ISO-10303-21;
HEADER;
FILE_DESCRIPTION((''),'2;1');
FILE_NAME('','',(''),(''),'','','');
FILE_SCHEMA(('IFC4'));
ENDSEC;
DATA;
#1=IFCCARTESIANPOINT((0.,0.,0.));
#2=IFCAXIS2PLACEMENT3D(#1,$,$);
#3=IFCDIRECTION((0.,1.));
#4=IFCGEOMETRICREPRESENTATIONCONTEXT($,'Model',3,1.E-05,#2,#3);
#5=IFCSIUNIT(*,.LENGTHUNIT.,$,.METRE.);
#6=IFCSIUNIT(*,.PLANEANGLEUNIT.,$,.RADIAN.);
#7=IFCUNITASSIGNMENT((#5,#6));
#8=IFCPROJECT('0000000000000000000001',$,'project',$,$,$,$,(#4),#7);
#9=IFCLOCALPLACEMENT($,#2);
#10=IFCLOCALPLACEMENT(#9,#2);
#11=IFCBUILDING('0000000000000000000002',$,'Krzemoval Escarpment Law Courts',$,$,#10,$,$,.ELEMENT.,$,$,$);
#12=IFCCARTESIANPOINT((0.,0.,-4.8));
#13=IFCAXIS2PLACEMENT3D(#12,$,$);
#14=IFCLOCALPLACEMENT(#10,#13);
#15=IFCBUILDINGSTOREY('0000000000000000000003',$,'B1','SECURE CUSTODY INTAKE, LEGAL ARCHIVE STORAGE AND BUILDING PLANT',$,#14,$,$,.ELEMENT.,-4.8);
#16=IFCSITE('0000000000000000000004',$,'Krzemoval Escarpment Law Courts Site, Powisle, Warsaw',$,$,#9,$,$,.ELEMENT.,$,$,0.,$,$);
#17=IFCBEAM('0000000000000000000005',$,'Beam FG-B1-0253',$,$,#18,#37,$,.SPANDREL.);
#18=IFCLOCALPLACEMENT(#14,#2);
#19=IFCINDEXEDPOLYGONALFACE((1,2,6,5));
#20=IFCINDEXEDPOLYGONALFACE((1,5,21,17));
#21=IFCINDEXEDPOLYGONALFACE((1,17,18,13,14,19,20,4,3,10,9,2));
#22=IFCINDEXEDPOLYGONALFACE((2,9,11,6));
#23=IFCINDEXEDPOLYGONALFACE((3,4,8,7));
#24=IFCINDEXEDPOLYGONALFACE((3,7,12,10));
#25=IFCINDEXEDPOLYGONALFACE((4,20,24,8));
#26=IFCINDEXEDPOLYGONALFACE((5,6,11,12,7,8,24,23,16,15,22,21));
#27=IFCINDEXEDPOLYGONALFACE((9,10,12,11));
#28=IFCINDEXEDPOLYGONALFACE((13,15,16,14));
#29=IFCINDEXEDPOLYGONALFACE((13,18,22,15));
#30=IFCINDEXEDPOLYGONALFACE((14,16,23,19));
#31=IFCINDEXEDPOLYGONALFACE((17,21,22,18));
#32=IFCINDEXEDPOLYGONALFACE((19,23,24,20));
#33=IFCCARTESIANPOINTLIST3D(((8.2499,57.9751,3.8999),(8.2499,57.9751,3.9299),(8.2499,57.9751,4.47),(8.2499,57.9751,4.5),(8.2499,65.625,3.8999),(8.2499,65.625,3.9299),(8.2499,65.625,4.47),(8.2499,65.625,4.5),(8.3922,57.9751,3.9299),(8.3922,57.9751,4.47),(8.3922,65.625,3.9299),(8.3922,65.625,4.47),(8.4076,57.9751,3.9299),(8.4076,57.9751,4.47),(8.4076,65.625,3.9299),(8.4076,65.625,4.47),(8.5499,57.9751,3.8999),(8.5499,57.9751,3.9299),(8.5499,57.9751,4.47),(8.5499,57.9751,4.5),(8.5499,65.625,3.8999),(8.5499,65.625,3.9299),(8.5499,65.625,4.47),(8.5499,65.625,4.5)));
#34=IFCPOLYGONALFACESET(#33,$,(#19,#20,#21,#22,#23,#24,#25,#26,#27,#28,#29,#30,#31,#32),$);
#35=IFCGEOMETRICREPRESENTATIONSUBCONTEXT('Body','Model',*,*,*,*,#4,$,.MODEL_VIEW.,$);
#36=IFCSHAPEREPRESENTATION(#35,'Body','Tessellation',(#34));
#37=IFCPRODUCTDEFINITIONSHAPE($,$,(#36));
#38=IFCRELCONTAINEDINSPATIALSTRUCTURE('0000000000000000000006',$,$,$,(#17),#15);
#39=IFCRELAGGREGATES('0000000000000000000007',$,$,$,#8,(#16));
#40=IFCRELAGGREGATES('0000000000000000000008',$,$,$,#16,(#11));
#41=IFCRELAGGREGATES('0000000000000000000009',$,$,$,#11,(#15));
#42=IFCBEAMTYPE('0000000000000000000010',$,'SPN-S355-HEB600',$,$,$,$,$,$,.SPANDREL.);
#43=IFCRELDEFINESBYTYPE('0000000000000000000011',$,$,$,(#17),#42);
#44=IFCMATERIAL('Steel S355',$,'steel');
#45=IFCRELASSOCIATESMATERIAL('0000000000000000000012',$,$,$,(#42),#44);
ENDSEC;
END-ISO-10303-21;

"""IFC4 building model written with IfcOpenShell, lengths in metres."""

from ifc_helpers import new_model, si_unit, direction, frame, origin, origin_2d, place, context, subcontext, project, spatial, i_section, extrude, material, material_profile, profile_set, type_object, element, save


model = new_model("IFC4")

# Units and contexts
model_context = context("Model", 3, precision=1e-05, world=origin(), true_north=direction((0.0, 1.0)))
body_context = subcontext(model_context, "Body", "Model", "MODEL_VIEW")
ifc_project = project(units=[si_unit("LENGTHUNIT", "METRE"), si_unit("PLANEANGLEUNIT", "RADIAN")], contexts=[model_context])

# Site, building, storey
site_placement = place(None, origin())
site = spatial("IfcSite", under=ifc_project, at=site_placement, Name="Krzemoval Escarpment Law Courts Site, Powisle, Warsaw", CompositionType="ELEMENT", RefElevation=0.0)
building_placement = place(site_placement, origin())
building = spatial("IfcBuilding", under=site, at=building_placement, Name="Krzemoval Escarpment Law Courts", CompositionType="ELEMENT")
storey_placement = place(building_placement, frame((0.0, 0.0, -4.8)))
storey = spatial("IfcBuildingStorey", under=building, at=storey_placement, Name="B1", Description="SECURE CUSTODY INTAKE, LEGAL ARCHIVE STORAGE AND BUILDING PLANT", CompositionType="ELEMENT", Elevation=-4.8)

# Beam
ifc_material_1 = material(Name="Steel S355", Category="steel")
ifc_material_profile_1 = material_profile(ifc_material_1, i_section(OverallWidth=0.3, OverallDepth=0.6001, WebThickness=0.0154, FlangeThickness=0.03, at=origin_2d()), Name="HEB 600")
ifc_profile_set_1 = profile_set([ifc_material_profile_1], Name="Steel S355")
beam_type_1 = type_object("IfcBeamType", Name="SPN-S355-HEB600", PredefinedType="SPANDREL", material=ifc_profile_set_1)
beam_1_placement = place(storey_placement, frame((8.3999, 57.9751, 4.2), z_axis=(0.0, 1.0, 0.0), x_axis=(-1.0, 0.0, 0.0)))
element("IfcBeam", 1, at=beam_1_placement, inside=storey, type_object=beam_type_1, Name="Beam FG-B1-0253", PredefinedType="SPANDREL", context=body_context, shape_type="SweptSolid", body=[
    extrude(i_section(OverallWidth=0.3, OverallDepth=0.6001, WebThickness=0.0154, FlangeThickness=0.03, at=origin_2d()), origin(), (0.0, 0.0, 1.0), 7.6499),
])

save(model, "model.ifc")
